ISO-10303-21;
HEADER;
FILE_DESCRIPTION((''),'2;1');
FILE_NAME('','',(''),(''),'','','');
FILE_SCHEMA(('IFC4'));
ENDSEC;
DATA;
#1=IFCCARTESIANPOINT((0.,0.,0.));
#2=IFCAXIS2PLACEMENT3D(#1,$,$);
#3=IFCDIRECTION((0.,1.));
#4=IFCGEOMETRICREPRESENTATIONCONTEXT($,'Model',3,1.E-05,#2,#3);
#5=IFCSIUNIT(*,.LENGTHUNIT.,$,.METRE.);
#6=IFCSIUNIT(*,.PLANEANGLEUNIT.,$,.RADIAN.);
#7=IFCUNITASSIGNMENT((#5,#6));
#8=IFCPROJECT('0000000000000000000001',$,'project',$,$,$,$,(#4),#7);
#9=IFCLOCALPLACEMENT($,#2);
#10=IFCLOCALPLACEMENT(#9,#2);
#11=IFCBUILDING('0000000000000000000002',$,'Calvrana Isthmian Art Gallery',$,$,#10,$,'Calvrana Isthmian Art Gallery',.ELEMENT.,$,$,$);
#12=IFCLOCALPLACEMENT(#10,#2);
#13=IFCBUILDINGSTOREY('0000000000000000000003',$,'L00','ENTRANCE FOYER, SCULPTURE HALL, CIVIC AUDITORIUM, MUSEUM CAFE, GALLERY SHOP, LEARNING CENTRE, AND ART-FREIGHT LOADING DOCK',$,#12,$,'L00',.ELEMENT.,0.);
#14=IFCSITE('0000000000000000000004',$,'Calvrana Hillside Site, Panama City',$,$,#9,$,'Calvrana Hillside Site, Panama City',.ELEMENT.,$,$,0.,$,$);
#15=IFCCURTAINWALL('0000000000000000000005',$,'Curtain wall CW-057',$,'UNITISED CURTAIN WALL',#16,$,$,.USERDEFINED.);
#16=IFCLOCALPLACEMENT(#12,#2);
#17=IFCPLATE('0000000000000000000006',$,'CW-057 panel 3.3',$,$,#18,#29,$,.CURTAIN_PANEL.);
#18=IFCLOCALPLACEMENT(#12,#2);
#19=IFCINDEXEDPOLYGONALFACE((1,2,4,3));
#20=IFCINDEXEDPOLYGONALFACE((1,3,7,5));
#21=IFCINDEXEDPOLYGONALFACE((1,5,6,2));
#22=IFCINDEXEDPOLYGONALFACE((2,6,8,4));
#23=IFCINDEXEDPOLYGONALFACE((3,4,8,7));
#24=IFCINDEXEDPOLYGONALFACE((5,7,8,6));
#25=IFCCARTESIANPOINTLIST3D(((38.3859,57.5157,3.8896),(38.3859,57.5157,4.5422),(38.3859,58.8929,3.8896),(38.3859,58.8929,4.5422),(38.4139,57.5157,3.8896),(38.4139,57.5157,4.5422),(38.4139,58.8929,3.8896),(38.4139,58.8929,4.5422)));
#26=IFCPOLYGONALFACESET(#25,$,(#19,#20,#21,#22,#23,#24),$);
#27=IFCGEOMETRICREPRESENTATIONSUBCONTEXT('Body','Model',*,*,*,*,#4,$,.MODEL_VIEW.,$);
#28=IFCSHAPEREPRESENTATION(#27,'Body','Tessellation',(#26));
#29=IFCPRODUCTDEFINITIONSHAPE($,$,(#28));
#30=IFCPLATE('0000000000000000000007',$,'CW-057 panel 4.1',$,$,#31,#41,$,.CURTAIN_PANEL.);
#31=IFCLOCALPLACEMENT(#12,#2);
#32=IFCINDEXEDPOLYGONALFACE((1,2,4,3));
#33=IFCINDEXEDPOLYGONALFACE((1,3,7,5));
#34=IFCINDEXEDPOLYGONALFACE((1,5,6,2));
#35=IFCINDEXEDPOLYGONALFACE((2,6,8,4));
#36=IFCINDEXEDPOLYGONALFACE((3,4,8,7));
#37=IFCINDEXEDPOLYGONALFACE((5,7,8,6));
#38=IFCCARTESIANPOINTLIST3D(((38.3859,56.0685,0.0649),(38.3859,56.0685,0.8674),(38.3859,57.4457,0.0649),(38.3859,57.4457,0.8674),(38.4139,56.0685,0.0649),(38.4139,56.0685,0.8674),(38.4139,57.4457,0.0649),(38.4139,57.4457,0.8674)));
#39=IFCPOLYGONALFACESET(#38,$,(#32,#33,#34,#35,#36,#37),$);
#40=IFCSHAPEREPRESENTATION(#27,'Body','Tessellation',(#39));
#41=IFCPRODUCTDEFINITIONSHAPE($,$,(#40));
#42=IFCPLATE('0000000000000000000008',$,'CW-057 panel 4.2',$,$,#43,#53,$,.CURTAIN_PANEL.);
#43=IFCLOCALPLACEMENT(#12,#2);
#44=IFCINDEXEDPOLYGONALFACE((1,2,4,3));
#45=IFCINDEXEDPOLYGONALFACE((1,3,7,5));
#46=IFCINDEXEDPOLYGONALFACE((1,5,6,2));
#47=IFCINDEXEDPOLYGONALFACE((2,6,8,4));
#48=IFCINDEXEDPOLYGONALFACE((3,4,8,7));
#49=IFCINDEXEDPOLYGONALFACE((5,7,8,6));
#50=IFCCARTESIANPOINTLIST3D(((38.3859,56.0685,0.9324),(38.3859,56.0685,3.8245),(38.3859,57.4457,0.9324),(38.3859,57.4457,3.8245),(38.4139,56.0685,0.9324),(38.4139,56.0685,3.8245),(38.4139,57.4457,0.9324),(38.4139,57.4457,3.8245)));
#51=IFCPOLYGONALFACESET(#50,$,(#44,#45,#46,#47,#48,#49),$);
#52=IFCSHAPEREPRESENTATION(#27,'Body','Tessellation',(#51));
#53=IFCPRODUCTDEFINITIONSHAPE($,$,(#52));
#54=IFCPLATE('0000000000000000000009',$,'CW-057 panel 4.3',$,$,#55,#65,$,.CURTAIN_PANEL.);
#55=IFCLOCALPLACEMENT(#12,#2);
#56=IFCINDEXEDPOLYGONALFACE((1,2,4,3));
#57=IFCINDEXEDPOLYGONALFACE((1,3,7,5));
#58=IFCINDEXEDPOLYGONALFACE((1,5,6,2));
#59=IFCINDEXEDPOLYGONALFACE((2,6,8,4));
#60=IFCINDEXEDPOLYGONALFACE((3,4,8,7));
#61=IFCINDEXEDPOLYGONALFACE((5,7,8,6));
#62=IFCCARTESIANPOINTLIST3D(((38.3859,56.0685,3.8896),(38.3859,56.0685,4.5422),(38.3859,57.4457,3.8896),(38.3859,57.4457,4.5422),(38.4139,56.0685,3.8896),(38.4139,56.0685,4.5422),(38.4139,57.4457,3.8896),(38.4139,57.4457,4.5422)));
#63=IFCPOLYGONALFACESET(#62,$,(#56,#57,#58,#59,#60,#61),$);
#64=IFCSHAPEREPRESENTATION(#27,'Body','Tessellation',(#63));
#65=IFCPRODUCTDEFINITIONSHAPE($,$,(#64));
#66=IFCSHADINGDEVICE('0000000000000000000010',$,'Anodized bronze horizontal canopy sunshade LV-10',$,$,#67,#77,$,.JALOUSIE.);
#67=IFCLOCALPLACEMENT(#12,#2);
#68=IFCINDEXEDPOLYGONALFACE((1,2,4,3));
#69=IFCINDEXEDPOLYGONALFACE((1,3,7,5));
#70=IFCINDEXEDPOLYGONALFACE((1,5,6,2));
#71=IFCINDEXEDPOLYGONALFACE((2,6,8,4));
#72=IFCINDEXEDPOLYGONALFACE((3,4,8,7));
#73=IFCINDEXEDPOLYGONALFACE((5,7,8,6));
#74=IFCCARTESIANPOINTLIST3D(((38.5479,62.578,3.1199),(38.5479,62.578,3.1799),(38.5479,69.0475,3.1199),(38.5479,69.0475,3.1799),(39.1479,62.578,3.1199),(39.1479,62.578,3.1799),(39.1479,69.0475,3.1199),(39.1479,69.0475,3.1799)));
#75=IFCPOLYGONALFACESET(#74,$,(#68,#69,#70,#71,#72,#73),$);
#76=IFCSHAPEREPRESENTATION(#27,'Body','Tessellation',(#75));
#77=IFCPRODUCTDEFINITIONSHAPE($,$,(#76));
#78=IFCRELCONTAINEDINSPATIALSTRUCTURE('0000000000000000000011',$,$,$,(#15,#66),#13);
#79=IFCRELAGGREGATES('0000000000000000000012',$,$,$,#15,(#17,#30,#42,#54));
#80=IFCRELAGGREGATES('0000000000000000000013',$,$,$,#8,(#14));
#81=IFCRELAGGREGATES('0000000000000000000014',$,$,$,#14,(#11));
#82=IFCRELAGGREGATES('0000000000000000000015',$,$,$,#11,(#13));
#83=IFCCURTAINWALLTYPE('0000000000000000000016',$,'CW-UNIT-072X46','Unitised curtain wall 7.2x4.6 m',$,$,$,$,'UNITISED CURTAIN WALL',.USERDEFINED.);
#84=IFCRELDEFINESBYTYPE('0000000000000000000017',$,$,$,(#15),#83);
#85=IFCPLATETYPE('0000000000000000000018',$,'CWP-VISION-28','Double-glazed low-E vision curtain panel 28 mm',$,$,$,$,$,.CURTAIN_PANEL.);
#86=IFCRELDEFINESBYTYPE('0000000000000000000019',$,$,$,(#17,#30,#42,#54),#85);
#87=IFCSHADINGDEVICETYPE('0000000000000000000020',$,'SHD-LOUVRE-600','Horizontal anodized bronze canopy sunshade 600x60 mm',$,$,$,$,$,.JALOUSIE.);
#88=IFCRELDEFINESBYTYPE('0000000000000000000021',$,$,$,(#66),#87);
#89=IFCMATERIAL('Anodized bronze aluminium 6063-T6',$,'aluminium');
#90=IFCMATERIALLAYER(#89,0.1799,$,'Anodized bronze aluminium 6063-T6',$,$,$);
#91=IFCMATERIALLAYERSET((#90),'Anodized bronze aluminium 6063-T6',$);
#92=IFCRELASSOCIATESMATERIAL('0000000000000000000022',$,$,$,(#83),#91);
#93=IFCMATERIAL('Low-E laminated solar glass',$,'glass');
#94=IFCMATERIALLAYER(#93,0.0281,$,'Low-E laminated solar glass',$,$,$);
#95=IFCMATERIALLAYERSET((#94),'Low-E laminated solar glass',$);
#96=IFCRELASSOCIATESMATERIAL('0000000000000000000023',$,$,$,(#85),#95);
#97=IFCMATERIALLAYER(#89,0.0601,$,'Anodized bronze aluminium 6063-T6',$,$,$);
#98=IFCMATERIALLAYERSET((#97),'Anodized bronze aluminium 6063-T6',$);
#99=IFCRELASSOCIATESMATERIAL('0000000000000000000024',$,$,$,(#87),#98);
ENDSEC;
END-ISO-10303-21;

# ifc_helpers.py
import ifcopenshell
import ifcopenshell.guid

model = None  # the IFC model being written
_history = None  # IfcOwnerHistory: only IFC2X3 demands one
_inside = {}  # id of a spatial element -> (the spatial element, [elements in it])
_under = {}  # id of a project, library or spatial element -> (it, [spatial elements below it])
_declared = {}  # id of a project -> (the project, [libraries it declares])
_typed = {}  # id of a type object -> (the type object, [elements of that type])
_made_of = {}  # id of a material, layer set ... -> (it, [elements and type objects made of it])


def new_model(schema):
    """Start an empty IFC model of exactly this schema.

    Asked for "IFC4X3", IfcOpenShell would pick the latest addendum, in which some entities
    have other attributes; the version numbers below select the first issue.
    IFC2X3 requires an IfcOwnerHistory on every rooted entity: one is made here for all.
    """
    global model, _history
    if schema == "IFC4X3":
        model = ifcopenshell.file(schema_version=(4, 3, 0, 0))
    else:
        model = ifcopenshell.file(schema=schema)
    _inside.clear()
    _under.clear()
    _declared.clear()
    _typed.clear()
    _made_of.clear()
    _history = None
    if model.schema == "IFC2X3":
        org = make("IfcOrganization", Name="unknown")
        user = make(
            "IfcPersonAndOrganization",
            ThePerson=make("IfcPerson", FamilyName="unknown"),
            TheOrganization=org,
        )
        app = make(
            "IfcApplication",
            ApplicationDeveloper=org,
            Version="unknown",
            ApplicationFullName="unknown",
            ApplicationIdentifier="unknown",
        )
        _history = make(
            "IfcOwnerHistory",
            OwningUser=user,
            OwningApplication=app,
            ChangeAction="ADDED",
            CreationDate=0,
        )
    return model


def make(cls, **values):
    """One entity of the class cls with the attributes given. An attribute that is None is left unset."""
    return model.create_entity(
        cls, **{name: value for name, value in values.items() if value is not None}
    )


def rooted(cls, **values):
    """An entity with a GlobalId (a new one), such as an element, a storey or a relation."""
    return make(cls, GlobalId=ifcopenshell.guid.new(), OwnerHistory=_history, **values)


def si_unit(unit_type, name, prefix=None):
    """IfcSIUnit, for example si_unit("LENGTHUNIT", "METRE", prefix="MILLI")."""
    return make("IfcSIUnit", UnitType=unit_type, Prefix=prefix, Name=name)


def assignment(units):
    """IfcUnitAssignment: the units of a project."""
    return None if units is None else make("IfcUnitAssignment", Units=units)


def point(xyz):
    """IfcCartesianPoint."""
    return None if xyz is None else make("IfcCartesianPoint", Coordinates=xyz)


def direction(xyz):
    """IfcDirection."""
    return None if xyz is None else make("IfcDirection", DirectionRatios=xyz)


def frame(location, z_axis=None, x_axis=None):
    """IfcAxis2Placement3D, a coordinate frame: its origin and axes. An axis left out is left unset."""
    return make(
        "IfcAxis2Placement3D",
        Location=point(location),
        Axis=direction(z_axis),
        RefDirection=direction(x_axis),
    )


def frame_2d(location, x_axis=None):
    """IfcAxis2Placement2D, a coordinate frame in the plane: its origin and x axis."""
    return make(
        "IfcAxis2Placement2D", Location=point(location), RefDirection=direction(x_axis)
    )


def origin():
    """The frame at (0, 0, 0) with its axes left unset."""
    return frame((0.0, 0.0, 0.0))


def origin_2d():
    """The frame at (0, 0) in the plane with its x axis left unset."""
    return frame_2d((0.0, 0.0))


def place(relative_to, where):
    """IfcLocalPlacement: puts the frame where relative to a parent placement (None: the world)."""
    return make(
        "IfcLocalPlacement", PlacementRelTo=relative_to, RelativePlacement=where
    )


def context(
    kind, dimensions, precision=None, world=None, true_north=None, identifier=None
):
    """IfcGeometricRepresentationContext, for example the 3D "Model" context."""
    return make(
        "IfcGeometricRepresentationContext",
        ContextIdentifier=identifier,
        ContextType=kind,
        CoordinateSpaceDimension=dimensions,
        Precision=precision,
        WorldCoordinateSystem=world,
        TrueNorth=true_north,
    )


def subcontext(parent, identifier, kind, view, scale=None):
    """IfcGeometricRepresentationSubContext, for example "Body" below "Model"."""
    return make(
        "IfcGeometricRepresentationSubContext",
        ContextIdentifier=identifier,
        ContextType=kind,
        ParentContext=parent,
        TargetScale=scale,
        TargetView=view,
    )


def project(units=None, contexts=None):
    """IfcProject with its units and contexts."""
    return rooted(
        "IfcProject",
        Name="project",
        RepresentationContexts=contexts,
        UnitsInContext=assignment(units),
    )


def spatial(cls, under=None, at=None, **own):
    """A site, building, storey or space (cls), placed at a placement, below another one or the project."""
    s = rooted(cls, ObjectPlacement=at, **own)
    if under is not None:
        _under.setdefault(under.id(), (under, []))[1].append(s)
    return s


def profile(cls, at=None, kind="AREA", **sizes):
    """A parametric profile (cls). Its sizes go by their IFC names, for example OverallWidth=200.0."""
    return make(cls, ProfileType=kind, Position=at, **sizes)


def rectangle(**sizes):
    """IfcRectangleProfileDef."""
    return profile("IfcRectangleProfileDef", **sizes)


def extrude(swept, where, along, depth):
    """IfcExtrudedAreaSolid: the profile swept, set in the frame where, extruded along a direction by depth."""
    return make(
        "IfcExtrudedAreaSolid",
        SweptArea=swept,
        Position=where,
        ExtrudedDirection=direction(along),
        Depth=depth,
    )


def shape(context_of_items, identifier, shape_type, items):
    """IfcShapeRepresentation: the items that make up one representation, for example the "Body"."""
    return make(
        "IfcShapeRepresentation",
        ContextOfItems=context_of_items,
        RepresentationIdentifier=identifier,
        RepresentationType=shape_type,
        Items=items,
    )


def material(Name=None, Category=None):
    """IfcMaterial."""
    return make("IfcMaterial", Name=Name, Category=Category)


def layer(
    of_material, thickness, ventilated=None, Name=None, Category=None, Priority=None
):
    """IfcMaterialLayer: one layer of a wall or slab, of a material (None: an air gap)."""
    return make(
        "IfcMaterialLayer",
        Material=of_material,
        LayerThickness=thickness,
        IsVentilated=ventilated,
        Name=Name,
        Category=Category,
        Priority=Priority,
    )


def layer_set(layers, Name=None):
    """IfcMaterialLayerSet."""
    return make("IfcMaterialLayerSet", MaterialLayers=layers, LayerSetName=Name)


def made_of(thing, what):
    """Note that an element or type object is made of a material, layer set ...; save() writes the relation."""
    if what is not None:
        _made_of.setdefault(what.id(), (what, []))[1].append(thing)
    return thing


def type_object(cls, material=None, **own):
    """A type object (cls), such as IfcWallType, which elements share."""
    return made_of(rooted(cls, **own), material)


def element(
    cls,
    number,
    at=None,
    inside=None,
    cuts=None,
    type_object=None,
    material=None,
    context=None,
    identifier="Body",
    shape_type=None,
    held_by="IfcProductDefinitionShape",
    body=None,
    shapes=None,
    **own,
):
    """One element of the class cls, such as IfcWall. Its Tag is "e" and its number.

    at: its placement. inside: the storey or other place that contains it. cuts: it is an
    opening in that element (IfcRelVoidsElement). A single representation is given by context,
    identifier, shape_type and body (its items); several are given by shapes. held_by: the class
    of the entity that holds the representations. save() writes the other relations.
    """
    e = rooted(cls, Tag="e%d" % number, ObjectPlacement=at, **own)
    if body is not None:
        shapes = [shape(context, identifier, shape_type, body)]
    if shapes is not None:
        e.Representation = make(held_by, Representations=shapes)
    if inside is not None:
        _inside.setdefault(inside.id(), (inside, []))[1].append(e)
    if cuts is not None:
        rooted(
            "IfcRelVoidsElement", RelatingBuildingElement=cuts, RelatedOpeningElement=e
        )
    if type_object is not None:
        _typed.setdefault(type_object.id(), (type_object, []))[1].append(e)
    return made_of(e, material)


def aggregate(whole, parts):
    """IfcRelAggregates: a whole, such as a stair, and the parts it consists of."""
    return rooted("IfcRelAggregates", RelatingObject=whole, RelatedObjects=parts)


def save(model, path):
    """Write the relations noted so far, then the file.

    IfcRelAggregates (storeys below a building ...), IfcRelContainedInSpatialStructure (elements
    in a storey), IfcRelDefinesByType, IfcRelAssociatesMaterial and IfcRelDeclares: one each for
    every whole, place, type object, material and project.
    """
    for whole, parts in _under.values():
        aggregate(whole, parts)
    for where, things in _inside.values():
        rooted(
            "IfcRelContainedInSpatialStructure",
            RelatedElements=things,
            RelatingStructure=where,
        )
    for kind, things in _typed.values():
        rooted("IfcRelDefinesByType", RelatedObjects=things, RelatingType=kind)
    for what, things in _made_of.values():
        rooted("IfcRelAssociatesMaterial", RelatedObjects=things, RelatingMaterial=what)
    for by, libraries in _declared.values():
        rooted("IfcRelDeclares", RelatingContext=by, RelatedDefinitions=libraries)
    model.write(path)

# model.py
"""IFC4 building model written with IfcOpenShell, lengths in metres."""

from ifc_helpers import new_model, si_unit, direction, frame, origin, origin_2d, place, context, subcontext, project, spatial, rectangle, extrude, material, layer, layer_set, type_object, element, aggregate, save


model = new_model("IFC4")

# Units and contexts
model_context = context("Model", 3, precision=1e-05, world=origin(), true_north=direction((0.0, 1.0)))
body_context = subcontext(model_context, "Body", "Model", "MODEL_VIEW")
ifc_project = project(units=[si_unit("LENGTHUNIT", "METRE"), si_unit("PLANEANGLEUNIT", "RADIAN")], contexts=[model_context])

# Site, building, storey
site_placement = place(None, origin())
site = spatial("IfcSite", under=ifc_project, at=site_placement, Name="Calvrana Hillside Site, Panama City", LongName="Calvrana Hillside Site, Panama City", CompositionType="ELEMENT", RefElevation=0.0)
building_placement = place(site_placement, origin())
building = spatial("IfcBuilding", under=site, at=building_placement, Name="Calvrana Isthmian Art Gallery", LongName="Calvrana Isthmian Art Gallery", CompositionType="ELEMENT")
storey_placement = place(building_placement, origin())
storey = spatial("IfcBuildingStorey", under=building, at=storey_placement, Name="L00", Description="ENTRANCE FOYER, SCULPTURE HALL, CIVIC AUDITORIUM, MUSEUM CAFE, GALLERY SHOP, LEARNING CENTRE, AND ART-FREIGHT LOADING DOCK", LongName="L00", CompositionType="ELEMENT", Elevation=0.0)

# Curtain wall, plates
ifc_material_1 = material(Name="Anodized bronze aluminium 6063-T6", Category="aluminium")
ifc_layer_1 = layer(ifc_material_1, 0.1799, Name="Anodized bronze aluminium 6063-T6")
ifc_layer_set_1 = layer_set([ifc_layer_1], Name="Anodized bronze aluminium 6063-T6")
curtain_wall_type = type_object("IfcCurtainWallType", Name="CW-UNIT-072X46", Description="Unitised curtain wall 7.2x4.6 m", ElementType="UNITISED CURTAIN WALL", PredefinedType="USERDEFINED", material=ifc_layer_set_1)
curtain_wall_placement = place(storey_placement, origin())
curtain_wall = element("IfcCurtainWall", 1, at=curtain_wall_placement, inside=storey, type_object=curtain_wall_type, Name="Curtain wall CW-057", ObjectType="UNITISED CURTAIN WALL", PredefinedType="USERDEFINED")
ifc_material_2 = material(Name="Low-E laminated solar glass", Category="glass")
ifc_layer_2 = layer(ifc_material_2, 0.0281, Name="Low-E laminated solar glass")
ifc_layer_set_2 = layer_set([ifc_layer_2], Name="Low-E laminated solar glass")
plate_type = type_object("IfcPlateType", Name="CWP-VISION-28", Description="Double-glazed low-E vision curtain panel 28 mm", PredefinedType="CURTAIN_PANEL", material=ifc_layer_set_2)
plate_1_placement = place(storey_placement, frame((38.3999, 58.2043, 3.8896), z_axis=(0.0, 0.0, 1.0), x_axis=(0.0, -1.0, 0.0)))
plate_1 = element("IfcPlate", 2, at=plate_1_placement, type_object=plate_type, Name="CW-057 panel 3.3", PredefinedType="CURTAIN_PANEL", context=body_context, shape_type="SweptSolid", body=[
    extrude(rectangle(XDim=1.3772, YDim=0.0281, at=origin_2d()), origin(), (0.0, 0.0, 1.0), 0.6526),
])
plate_2_placement = place(storey_placement, frame((38.3999, 56.7571, 0.0649), z_axis=(0.0, 0.0, 1.0), x_axis=(0.0, -1.0, 0.0)))
plate_2 = element("IfcPlate", 3, at=plate_2_placement, type_object=plate_type, Name="CW-057 panel 4.1", PredefinedType="CURTAIN_PANEL", context=body_context, shape_type="SweptSolid", body=[
    extrude(rectangle(XDim=1.3772, YDim=0.0281, at=origin_2d()), origin(), (0.0, 0.0, 1.0), 0.8025),
])
plate_3_placement = place(storey_placement, frame((38.3999, 56.7571, 0.9324), z_axis=(0.0, 0.0, 1.0), x_axis=(0.0, -1.0, 0.0)))
plate_3 = element("IfcPlate", 4, at=plate_3_placement, type_object=plate_type, Name="CW-057 panel 4.2", PredefinedType="CURTAIN_PANEL", context=body_context, shape_type="SweptSolid", body=[
    extrude(rectangle(XDim=1.3772, YDim=0.0281, at=origin_2d()), origin(), (0.0, 0.0, 1.0), 2.8921),
])
plate_4_placement = place(storey_placement, frame((38.3999, 56.7571, 3.8896), z_axis=(0.0, 0.0, 1.0), x_axis=(0.0, -1.0, 0.0)))
plate_4 = element("IfcPlate", 5, at=plate_4_placement, type_object=plate_type, Name="CW-057 panel 4.3", PredefinedType="CURTAIN_PANEL", context=body_context, shape_type="SweptSolid", body=[
    extrude(rectangle(XDim=1.3772, YDim=0.0281, at=origin_2d()), origin(), (0.0, 0.0, 1.0), 0.6526),
])
aggregate(curtain_wall, [plate_1, plate_2, plate_3, plate_4])

# Shading device
ifc_layer_3 = layer(ifc_material_1, 0.0601, Name="Anodized bronze aluminium 6063-T6")
ifc_layer_set_3 = layer_set([ifc_layer_3], Name="Anodized bronze aluminium 6063-T6")
shading_device_type = type_object("IfcShadingDeviceType", Name="SHD-LOUVRE-600", Description="Horizontal anodized bronze canopy sunshade 600x60 mm", PredefinedType="JALOUSIE", material=ifc_layer_set_3)
shading_device_placement = place(storey_placement, frame((38.8479, 65.8127, 3.1199), z_axis=(0.0, 0.0, 1.0), x_axis=(0.0, -1.0, 0.0)))
element("IfcShadingDevice", 6, at=shading_device_placement, inside=storey, type_object=shading_device_type, Name="Anodized bronze horizontal canopy sunshade LV-10", PredefinedType="JALOUSIE", context=body_context, shape_type="SweptSolid", body=[
    extrude(rectangle(XDim=6.4695, YDim=0.6001, at=origin_2d()), origin(), (0.0, 0.0, 1.0), 0.0601),
])

save(model, "model.ifc")
